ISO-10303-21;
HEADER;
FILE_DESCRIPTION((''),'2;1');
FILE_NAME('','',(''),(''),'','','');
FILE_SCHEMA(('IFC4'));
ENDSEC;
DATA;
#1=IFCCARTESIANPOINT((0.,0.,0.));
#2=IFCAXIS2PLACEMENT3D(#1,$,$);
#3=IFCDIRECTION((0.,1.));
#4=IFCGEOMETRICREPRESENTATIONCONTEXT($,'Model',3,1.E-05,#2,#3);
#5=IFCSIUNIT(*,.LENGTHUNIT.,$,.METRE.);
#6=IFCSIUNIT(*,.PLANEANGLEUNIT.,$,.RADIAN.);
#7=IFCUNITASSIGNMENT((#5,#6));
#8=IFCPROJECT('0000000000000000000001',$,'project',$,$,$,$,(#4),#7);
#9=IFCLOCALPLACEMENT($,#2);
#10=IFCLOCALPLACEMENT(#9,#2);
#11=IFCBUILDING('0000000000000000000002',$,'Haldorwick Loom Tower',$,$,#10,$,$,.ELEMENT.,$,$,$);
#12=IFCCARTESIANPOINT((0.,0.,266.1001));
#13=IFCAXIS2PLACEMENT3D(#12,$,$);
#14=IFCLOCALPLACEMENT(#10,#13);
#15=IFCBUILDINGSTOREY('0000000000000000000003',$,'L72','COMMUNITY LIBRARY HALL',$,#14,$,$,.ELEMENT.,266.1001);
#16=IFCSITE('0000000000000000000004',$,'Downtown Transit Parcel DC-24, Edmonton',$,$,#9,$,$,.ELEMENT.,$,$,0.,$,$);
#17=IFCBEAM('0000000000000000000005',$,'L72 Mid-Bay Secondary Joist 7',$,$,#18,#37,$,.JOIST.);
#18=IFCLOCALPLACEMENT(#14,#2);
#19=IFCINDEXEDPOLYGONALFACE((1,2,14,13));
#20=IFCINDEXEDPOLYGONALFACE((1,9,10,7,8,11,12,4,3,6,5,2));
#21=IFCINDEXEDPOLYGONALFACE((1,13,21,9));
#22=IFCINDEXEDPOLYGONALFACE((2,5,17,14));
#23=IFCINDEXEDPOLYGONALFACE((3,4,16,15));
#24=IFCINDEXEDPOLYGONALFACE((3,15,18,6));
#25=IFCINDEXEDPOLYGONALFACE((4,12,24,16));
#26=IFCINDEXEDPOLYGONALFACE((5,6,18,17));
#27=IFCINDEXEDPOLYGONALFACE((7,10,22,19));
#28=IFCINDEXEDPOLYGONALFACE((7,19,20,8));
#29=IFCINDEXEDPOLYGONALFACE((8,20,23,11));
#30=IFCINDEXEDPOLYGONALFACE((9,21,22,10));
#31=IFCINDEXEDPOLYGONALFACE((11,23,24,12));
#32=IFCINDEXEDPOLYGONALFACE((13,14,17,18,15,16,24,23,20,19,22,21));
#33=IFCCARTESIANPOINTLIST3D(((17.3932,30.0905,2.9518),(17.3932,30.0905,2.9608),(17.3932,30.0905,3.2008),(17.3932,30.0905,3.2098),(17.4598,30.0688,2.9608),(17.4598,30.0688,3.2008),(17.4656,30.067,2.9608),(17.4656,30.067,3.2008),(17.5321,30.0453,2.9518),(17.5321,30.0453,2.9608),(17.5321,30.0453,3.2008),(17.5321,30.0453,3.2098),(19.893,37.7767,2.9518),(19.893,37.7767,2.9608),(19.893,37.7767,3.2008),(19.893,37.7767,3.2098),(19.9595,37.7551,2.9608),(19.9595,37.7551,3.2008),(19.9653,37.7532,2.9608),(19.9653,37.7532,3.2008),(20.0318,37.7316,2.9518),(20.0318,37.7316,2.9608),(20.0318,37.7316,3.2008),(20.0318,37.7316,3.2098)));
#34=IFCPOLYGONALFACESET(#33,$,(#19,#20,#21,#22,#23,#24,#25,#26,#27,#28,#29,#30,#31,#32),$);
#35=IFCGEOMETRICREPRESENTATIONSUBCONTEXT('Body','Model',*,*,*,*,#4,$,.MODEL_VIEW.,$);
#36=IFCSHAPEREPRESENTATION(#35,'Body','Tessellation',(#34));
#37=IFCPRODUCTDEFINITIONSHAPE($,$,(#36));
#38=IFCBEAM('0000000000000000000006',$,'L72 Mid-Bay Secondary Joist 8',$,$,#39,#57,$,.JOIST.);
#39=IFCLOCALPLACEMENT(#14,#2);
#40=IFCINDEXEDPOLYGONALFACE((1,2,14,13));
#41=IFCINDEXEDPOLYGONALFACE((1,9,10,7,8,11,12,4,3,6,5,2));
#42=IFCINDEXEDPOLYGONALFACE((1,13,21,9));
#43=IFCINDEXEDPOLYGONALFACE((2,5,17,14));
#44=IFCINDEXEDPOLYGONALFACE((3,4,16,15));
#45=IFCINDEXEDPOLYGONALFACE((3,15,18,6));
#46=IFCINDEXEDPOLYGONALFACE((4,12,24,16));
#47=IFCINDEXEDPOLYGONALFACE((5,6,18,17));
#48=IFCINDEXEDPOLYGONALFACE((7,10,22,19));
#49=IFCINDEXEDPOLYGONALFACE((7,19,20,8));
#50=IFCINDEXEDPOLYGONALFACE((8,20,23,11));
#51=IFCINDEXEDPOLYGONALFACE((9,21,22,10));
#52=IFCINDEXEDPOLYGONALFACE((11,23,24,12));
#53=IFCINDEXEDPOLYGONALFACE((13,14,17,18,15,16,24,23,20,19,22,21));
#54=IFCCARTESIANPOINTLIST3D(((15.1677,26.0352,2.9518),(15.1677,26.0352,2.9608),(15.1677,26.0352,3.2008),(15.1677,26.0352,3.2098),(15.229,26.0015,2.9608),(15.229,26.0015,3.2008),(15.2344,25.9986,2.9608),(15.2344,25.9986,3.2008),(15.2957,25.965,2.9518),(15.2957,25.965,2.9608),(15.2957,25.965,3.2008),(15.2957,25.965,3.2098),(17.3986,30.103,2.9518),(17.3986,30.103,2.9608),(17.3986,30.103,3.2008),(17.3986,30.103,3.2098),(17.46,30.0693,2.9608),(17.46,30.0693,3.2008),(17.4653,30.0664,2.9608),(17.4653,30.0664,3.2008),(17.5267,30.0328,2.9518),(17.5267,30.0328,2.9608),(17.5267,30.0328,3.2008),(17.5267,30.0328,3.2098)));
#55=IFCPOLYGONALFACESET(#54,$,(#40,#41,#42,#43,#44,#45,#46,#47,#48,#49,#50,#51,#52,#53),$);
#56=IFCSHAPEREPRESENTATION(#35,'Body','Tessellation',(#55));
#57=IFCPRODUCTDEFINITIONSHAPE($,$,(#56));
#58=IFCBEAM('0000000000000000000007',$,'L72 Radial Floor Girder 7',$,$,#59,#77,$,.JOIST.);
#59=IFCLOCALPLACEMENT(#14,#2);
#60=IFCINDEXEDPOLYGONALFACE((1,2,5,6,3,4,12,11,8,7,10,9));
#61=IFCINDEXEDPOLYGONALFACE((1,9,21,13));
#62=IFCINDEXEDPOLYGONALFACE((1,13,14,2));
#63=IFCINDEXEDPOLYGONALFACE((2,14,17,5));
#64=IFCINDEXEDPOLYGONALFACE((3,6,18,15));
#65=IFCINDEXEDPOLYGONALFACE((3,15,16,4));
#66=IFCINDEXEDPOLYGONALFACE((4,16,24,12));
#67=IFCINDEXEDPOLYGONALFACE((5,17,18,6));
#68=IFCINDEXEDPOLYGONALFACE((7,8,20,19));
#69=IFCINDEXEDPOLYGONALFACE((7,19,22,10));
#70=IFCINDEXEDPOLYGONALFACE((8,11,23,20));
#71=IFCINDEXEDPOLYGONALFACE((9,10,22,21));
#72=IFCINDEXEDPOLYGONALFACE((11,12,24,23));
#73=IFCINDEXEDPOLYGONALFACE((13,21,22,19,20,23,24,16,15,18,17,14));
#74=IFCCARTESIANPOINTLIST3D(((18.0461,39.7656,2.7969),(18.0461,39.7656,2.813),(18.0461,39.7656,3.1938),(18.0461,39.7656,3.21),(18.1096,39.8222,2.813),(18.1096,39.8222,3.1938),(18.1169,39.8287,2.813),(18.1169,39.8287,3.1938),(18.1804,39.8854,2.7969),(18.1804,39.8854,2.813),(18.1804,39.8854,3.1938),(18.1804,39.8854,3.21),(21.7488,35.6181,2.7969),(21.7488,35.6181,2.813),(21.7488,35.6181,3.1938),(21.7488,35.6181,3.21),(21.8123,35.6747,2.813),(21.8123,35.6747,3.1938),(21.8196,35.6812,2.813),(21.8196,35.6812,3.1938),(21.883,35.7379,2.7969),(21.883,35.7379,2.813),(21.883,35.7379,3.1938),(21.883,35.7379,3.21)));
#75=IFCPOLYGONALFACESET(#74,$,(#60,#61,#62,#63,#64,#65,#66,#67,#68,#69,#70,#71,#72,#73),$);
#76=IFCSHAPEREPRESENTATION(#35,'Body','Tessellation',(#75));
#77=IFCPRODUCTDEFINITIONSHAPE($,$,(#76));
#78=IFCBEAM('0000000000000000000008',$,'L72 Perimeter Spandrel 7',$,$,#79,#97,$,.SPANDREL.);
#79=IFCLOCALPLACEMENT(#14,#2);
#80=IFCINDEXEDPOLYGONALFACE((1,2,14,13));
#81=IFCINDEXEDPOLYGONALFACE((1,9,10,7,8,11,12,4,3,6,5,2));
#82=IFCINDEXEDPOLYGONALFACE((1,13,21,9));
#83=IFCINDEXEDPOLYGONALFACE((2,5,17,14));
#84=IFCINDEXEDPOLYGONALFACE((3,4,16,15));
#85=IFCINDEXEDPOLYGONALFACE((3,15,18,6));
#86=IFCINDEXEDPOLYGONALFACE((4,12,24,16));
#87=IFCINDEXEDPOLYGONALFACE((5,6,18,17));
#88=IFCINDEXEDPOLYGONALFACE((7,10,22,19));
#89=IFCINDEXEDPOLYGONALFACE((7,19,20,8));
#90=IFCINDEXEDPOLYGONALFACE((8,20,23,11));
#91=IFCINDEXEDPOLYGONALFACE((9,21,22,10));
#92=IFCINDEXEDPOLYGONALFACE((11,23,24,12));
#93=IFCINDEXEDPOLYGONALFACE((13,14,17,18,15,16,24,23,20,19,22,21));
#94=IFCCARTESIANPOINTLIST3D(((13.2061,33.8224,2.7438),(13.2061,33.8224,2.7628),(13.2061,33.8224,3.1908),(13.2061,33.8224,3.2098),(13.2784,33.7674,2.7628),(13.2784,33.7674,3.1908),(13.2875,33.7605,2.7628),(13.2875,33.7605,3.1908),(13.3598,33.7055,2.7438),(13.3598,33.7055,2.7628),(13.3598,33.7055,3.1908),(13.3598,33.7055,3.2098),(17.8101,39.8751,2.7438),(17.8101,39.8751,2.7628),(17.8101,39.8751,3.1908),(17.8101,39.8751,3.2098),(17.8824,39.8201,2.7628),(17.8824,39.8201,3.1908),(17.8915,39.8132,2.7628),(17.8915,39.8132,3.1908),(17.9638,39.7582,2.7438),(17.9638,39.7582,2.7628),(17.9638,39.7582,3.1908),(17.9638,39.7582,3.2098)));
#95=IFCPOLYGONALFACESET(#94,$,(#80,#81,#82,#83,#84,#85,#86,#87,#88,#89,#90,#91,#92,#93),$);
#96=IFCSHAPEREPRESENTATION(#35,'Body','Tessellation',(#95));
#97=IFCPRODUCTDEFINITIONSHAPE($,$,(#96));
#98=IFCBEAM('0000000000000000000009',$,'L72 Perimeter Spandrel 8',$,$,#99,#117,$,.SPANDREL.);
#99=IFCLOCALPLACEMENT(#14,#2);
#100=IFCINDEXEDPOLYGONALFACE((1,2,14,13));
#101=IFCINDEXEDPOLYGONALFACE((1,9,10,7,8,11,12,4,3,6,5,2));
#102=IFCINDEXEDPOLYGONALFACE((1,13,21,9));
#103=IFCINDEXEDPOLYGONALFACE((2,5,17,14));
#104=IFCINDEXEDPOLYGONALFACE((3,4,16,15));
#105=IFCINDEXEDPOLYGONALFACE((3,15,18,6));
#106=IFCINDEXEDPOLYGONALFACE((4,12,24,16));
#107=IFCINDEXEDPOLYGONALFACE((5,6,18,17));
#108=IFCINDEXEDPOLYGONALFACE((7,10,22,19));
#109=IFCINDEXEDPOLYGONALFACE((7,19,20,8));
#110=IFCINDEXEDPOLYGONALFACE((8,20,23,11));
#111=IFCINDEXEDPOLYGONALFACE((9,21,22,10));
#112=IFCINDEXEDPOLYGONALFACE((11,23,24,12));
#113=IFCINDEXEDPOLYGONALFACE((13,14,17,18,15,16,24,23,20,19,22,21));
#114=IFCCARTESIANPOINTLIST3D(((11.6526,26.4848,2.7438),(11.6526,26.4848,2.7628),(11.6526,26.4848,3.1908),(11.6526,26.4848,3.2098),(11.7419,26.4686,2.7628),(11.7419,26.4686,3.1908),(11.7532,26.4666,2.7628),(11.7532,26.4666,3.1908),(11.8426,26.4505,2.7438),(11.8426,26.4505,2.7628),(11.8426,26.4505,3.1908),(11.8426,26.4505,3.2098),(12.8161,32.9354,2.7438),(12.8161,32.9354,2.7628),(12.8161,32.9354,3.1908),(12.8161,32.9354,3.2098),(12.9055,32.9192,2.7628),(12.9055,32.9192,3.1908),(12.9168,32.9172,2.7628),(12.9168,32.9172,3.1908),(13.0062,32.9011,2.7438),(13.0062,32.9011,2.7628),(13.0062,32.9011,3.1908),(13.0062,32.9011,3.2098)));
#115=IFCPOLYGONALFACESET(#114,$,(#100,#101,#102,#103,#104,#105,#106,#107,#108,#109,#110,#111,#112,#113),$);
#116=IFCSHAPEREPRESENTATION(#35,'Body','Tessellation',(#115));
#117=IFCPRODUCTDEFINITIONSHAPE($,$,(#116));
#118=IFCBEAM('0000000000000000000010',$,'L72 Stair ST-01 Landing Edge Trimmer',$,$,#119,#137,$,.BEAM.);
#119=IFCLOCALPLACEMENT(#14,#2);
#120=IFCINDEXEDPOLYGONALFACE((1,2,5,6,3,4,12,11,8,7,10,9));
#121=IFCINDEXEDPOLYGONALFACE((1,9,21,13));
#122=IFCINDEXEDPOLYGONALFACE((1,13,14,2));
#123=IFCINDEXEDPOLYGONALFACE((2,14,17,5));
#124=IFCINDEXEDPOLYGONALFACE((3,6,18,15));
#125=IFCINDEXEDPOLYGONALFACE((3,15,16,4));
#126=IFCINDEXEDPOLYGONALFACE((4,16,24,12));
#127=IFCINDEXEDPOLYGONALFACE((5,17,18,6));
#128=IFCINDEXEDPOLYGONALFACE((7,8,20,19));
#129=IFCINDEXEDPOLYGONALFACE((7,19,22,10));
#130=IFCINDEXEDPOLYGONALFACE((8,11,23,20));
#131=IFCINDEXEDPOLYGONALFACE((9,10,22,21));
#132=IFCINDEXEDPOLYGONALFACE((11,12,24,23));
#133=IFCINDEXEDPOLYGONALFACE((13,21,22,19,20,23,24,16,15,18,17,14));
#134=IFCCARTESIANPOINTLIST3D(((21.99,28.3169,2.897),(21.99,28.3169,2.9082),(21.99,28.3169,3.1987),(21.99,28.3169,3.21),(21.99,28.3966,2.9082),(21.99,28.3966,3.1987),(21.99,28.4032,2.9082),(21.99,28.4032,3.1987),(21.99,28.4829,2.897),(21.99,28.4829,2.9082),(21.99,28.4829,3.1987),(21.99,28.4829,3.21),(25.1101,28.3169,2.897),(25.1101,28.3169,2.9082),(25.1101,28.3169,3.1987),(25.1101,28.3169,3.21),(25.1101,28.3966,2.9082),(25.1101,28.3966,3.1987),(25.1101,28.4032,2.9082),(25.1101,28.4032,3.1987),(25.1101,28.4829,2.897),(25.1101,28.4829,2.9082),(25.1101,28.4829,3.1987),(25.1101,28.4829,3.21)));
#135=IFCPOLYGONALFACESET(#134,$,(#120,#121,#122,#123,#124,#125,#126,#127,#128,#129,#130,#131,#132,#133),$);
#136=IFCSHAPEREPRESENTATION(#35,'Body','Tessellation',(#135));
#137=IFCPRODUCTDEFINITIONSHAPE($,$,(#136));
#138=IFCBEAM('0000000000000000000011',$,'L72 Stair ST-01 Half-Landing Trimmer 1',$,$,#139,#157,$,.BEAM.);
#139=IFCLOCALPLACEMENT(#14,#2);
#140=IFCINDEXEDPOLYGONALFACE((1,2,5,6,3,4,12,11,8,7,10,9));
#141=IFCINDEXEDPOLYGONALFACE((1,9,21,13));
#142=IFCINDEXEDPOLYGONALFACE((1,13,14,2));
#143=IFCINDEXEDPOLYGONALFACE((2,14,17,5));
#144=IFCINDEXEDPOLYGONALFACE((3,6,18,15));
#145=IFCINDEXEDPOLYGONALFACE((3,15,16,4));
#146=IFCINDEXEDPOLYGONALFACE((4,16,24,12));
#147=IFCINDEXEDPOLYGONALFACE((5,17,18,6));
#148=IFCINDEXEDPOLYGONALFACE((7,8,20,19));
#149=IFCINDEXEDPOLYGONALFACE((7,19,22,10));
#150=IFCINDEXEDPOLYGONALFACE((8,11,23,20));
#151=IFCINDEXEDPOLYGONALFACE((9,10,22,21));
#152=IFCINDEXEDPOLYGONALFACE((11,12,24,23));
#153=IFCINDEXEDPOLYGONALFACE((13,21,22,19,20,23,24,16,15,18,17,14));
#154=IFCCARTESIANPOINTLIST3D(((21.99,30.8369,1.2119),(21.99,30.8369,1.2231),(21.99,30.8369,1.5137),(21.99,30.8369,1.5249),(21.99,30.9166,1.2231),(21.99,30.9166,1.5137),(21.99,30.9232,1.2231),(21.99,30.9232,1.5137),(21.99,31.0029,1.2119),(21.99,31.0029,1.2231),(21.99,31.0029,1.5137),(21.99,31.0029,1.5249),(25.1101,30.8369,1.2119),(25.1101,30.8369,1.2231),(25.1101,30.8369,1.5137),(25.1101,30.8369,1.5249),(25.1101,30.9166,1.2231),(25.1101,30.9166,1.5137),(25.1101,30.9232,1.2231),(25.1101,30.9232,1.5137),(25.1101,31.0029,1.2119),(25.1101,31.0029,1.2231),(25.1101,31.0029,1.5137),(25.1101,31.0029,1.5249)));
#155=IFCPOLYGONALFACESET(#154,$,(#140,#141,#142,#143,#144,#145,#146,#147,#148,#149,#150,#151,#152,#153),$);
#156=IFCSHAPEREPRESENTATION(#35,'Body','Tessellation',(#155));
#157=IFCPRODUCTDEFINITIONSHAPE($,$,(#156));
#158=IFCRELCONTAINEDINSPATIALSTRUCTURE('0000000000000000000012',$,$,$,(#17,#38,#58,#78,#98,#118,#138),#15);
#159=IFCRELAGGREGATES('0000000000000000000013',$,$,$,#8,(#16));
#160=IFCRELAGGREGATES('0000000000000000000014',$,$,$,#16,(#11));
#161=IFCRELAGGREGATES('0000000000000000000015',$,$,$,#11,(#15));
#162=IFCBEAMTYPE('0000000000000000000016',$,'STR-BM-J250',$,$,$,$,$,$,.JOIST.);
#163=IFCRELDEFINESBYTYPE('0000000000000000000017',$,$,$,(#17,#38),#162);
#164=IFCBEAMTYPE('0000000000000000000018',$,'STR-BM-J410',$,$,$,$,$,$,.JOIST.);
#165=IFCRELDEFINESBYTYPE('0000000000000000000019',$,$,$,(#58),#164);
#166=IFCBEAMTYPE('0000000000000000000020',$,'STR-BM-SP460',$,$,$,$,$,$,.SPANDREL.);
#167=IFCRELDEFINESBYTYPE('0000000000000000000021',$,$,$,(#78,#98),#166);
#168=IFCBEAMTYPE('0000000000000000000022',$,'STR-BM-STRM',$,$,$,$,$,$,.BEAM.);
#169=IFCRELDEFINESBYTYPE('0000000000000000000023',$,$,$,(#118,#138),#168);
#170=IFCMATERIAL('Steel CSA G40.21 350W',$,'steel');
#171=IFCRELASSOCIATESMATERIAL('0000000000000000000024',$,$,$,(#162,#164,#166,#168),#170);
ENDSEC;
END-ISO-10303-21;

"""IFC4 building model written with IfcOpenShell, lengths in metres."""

from ifc_helpers import new_model, si_unit, direction, frame, origin, origin_2d, place, context, subcontext, project, spatial, i_section, extrude, material, material_profile, profile_set, type_object, element, save


model = new_model("IFC4")

# Units and contexts
model_context = context("Model", 3, precision=1e-05, world=origin(), true_north=direction((0.0, 1.0)))
body_context = subcontext(model_context, "Body", "Model", "MODEL_VIEW")
ifc_project = project(units=[si_unit("LENGTHUNIT", "METRE"), si_unit("PLANEANGLEUNIT", "RADIAN")], contexts=[model_context])

# Site, building, storey
site_placement = place(None, origin())
site = spatial("IfcSite", under=ifc_project, at=site_placement, Name="Downtown Transit Parcel DC-24, Edmonton", CompositionType="ELEMENT", RefElevation=0.0)
building_placement = place(site_placement, origin())
building = spatial("IfcBuilding", under=site, at=building_placement, Name="Haldorwick Loom Tower", CompositionType="ELEMENT")
storey_placement = place(building_placement, frame((0.0, 0.0, 266.1001)))
storey = spatial("IfcBuildingStorey", under=building, at=storey_placement, Name="L72", Description="COMMUNITY LIBRARY HALL", CompositionType="ELEMENT", Elevation=266.1001)

# Shared definitions
ifc_material_1 = material(Name="Steel CSA G40.21 350W", Category="steel")

# Beams
ifc_material_profile_1 = material_profile(ifc_material_1, i_section(OverallWidth=0.146, OverallDepth=0.2581, WebThickness=0.0061, FlangeThickness=0.009, at=origin_2d()), Name="W250X33", Category="steel")
ifc_profile_set_1 = profile_set([ifc_material_profile_1], Name="Steel CSA G40.21 350W")
beam_type_1 = type_object("IfcBeamType", Name="STR-BM-J250", PredefinedType="JOIST", material=ifc_profile_set_1)
beam_1_placement = place(storey_placement, frame((19.9624, 37.7542, 3.0808), z_axis=(-0.309278, -0.950972, 0.0), x_axis=(0.950972, -0.309278, 0.0)))
element("IfcBeam", 1, at=beam_1_placement, inside=storey, type_object=beam_type_1, Name="L72 Mid-Bay Secondary Joist 7", PredefinedType="JOIST", context=body_context, shape_type="SweptSolid", body=[
    extrude(i_section(OverallWidth=0.146, OverallDepth=0.2581, WebThickness=0.0061, FlangeThickness=0.009, at=origin_2d()), origin(), (0.0, 0.0, 1.0), 8.0825),
])
beam_2_placement = place(storey_placement, frame((17.4626, 30.0679, 3.0808), z_axis=(-0.480864, -0.876795, 0.0), x_axis=(0.876795, -0.480864, 0.0)))
element("IfcBeam", 2, at=beam_2_placement, inside=storey, type_object=beam_type_1, Name="L72 Mid-Bay Secondary Joist 8", PredefinedType="JOIST", context=body_context, shape_type="SweptSolid", body=[
    extrude(i_section(OverallWidth=0.146, OverallDepth=0.2581, WebThickness=0.0061, FlangeThickness=0.009, at=origin_2d()), origin(), (0.0, 0.0, 1.0), 4.6394),
])
ifc_material_profile_2 = material_profile(ifc_material_1, i_section(OverallWidth=0.1799, OverallDepth=0.4131, WebThickness=0.0098, FlangeThickness=0.0161, at=origin_2d()), Name="W410X74", Category="steel")
ifc_profile_set_2 = profile_set([ifc_material_profile_2], Name="Steel CSA G40.21 350W")
beam_type_2 = type_object("IfcBeamType", Name="STR-BM-J410", PredefinedType="JOIST", material=ifc_profile_set_2)
beam_3_placement = place(storey_placement, frame((21.8159, 35.678, 3.0034), z_axis=(-0.66597, 0.745978, 0.0), x_axis=(-0.745978, -0.66597, 0.0)))
element("IfcBeam", 3, at=beam_3_placement, inside=storey, type_object=beam_type_2, Name="L72 Radial Floor Girder 7", PredefinedType="JOIST", context=body_context, shape_type="SweptSolid", body=[
    extrude(i_section(OverallWidth=0.1799, OverallDepth=0.4131, WebThickness=0.0098, FlangeThickness=0.0161, at=origin_2d()), origin(), (0.0, 0.0, 1.0), 5.5598),
])
ifc_material_profile_3 = material_profile(ifc_material_1, i_section(OverallWidth=0.1931, OverallDepth=0.4661, WebThickness=0.0115, FlangeThickness=0.019, at=origin_2d()), Name="W460X97", Category="steel")
ifc_profile_set_3 = profile_set([ifc_material_profile_3], Name="Steel CSA G40.21 350W")
beam_type_3 = type_object("IfcBeamType", Name="STR-BM-SP460", PredefinedType="SPANDREL", material=ifc_profile_set_3)
beam_4_placement = place(storey_placement, frame((17.887, 39.8167, 2.9768), z_axis=(-0.60541, -0.795913, 0.0), x_axis=(0.795913, -0.60541, 0.0)))
element("IfcBeam", 4, at=beam_4_placement, inside=storey, type_object=beam_type_3, Name="L72 Perimeter Spandrel 7", PredefinedType="SPANDREL", context=body_context, shape_type="SweptSolid", body=[
    extrude(i_section(OverallWidth=0.1931, OverallDepth=0.4661, WebThickness=0.0115, FlangeThickness=0.019, at=origin_2d()), origin(), (0.0, 0.0, 1.0), 7.6047),
])
beam_5_placement = place(storey_placement, frame((12.9111, 32.9182, 2.9768), z_axis=(-0.177515, -0.984118, 0.0), x_axis=(0.984118, -0.177515, 0.0)))
element("IfcBeam", 5, at=beam_5_placement, inside=storey, type_object=beam_type_3, Name="L72 Perimeter Spandrel 8", PredefinedType="SPANDREL", context=body_context, shape_type="SweptSolid", body=[
    extrude(i_section(OverallWidth=0.1931, OverallDepth=0.4661, WebThickness=0.0115, FlangeThickness=0.019, at=origin_2d()), origin(), (0.0, 0.0, 1.0), 6.5547),
])
ifc_material_profile_4 = material_profile(ifc_material_1, i_section(OverallWidth=0.166, OverallDepth=0.313, WebThickness=0.0066, FlangeThickness=0.0112, at=origin_2d()), Name="W310X45", Category="steel")
ifc_profile_set_4 = profile_set([ifc_material_profile_4], Name="Steel CSA G40.21 350W")
beam_type_4 = type_object("IfcBeamType", Name="STR-BM-STRM", PredefinedType="BEAM", material=ifc_profile_set_4)
for number, where, z_axis, x_axis, name in (
    (6, (21.99, 28.3999, 3.0535), (1.0, 0.0, 0.0), (0.0, 1.0, 0.0), "L72 Stair ST-01 Landing Edge Trimmer"),
    (7, (21.99, 30.9199, 1.3684), (1.0, 0.0, 0.0), (0.0, 1.0, 0.0), "L72 Stair ST-01 Half-Landing Trimmer 1"),
):
    element("IfcBeam", number, at=place(storey_placement, frame(where, z_axis=z_axis, x_axis=x_axis)), inside=storey, type_object=beam_type_4, Name=name, PredefinedType="BEAM", context=body_context, shape_type="SweptSolid", body=[
        extrude(i_section(OverallWidth=0.166, OverallDepth=0.313, WebThickness=0.0066, FlangeThickness=0.0112, at=origin_2d()), origin(), (0.0, 0.0, 1.0), 3.1201),
    ])

save(model, "model.ifc")
